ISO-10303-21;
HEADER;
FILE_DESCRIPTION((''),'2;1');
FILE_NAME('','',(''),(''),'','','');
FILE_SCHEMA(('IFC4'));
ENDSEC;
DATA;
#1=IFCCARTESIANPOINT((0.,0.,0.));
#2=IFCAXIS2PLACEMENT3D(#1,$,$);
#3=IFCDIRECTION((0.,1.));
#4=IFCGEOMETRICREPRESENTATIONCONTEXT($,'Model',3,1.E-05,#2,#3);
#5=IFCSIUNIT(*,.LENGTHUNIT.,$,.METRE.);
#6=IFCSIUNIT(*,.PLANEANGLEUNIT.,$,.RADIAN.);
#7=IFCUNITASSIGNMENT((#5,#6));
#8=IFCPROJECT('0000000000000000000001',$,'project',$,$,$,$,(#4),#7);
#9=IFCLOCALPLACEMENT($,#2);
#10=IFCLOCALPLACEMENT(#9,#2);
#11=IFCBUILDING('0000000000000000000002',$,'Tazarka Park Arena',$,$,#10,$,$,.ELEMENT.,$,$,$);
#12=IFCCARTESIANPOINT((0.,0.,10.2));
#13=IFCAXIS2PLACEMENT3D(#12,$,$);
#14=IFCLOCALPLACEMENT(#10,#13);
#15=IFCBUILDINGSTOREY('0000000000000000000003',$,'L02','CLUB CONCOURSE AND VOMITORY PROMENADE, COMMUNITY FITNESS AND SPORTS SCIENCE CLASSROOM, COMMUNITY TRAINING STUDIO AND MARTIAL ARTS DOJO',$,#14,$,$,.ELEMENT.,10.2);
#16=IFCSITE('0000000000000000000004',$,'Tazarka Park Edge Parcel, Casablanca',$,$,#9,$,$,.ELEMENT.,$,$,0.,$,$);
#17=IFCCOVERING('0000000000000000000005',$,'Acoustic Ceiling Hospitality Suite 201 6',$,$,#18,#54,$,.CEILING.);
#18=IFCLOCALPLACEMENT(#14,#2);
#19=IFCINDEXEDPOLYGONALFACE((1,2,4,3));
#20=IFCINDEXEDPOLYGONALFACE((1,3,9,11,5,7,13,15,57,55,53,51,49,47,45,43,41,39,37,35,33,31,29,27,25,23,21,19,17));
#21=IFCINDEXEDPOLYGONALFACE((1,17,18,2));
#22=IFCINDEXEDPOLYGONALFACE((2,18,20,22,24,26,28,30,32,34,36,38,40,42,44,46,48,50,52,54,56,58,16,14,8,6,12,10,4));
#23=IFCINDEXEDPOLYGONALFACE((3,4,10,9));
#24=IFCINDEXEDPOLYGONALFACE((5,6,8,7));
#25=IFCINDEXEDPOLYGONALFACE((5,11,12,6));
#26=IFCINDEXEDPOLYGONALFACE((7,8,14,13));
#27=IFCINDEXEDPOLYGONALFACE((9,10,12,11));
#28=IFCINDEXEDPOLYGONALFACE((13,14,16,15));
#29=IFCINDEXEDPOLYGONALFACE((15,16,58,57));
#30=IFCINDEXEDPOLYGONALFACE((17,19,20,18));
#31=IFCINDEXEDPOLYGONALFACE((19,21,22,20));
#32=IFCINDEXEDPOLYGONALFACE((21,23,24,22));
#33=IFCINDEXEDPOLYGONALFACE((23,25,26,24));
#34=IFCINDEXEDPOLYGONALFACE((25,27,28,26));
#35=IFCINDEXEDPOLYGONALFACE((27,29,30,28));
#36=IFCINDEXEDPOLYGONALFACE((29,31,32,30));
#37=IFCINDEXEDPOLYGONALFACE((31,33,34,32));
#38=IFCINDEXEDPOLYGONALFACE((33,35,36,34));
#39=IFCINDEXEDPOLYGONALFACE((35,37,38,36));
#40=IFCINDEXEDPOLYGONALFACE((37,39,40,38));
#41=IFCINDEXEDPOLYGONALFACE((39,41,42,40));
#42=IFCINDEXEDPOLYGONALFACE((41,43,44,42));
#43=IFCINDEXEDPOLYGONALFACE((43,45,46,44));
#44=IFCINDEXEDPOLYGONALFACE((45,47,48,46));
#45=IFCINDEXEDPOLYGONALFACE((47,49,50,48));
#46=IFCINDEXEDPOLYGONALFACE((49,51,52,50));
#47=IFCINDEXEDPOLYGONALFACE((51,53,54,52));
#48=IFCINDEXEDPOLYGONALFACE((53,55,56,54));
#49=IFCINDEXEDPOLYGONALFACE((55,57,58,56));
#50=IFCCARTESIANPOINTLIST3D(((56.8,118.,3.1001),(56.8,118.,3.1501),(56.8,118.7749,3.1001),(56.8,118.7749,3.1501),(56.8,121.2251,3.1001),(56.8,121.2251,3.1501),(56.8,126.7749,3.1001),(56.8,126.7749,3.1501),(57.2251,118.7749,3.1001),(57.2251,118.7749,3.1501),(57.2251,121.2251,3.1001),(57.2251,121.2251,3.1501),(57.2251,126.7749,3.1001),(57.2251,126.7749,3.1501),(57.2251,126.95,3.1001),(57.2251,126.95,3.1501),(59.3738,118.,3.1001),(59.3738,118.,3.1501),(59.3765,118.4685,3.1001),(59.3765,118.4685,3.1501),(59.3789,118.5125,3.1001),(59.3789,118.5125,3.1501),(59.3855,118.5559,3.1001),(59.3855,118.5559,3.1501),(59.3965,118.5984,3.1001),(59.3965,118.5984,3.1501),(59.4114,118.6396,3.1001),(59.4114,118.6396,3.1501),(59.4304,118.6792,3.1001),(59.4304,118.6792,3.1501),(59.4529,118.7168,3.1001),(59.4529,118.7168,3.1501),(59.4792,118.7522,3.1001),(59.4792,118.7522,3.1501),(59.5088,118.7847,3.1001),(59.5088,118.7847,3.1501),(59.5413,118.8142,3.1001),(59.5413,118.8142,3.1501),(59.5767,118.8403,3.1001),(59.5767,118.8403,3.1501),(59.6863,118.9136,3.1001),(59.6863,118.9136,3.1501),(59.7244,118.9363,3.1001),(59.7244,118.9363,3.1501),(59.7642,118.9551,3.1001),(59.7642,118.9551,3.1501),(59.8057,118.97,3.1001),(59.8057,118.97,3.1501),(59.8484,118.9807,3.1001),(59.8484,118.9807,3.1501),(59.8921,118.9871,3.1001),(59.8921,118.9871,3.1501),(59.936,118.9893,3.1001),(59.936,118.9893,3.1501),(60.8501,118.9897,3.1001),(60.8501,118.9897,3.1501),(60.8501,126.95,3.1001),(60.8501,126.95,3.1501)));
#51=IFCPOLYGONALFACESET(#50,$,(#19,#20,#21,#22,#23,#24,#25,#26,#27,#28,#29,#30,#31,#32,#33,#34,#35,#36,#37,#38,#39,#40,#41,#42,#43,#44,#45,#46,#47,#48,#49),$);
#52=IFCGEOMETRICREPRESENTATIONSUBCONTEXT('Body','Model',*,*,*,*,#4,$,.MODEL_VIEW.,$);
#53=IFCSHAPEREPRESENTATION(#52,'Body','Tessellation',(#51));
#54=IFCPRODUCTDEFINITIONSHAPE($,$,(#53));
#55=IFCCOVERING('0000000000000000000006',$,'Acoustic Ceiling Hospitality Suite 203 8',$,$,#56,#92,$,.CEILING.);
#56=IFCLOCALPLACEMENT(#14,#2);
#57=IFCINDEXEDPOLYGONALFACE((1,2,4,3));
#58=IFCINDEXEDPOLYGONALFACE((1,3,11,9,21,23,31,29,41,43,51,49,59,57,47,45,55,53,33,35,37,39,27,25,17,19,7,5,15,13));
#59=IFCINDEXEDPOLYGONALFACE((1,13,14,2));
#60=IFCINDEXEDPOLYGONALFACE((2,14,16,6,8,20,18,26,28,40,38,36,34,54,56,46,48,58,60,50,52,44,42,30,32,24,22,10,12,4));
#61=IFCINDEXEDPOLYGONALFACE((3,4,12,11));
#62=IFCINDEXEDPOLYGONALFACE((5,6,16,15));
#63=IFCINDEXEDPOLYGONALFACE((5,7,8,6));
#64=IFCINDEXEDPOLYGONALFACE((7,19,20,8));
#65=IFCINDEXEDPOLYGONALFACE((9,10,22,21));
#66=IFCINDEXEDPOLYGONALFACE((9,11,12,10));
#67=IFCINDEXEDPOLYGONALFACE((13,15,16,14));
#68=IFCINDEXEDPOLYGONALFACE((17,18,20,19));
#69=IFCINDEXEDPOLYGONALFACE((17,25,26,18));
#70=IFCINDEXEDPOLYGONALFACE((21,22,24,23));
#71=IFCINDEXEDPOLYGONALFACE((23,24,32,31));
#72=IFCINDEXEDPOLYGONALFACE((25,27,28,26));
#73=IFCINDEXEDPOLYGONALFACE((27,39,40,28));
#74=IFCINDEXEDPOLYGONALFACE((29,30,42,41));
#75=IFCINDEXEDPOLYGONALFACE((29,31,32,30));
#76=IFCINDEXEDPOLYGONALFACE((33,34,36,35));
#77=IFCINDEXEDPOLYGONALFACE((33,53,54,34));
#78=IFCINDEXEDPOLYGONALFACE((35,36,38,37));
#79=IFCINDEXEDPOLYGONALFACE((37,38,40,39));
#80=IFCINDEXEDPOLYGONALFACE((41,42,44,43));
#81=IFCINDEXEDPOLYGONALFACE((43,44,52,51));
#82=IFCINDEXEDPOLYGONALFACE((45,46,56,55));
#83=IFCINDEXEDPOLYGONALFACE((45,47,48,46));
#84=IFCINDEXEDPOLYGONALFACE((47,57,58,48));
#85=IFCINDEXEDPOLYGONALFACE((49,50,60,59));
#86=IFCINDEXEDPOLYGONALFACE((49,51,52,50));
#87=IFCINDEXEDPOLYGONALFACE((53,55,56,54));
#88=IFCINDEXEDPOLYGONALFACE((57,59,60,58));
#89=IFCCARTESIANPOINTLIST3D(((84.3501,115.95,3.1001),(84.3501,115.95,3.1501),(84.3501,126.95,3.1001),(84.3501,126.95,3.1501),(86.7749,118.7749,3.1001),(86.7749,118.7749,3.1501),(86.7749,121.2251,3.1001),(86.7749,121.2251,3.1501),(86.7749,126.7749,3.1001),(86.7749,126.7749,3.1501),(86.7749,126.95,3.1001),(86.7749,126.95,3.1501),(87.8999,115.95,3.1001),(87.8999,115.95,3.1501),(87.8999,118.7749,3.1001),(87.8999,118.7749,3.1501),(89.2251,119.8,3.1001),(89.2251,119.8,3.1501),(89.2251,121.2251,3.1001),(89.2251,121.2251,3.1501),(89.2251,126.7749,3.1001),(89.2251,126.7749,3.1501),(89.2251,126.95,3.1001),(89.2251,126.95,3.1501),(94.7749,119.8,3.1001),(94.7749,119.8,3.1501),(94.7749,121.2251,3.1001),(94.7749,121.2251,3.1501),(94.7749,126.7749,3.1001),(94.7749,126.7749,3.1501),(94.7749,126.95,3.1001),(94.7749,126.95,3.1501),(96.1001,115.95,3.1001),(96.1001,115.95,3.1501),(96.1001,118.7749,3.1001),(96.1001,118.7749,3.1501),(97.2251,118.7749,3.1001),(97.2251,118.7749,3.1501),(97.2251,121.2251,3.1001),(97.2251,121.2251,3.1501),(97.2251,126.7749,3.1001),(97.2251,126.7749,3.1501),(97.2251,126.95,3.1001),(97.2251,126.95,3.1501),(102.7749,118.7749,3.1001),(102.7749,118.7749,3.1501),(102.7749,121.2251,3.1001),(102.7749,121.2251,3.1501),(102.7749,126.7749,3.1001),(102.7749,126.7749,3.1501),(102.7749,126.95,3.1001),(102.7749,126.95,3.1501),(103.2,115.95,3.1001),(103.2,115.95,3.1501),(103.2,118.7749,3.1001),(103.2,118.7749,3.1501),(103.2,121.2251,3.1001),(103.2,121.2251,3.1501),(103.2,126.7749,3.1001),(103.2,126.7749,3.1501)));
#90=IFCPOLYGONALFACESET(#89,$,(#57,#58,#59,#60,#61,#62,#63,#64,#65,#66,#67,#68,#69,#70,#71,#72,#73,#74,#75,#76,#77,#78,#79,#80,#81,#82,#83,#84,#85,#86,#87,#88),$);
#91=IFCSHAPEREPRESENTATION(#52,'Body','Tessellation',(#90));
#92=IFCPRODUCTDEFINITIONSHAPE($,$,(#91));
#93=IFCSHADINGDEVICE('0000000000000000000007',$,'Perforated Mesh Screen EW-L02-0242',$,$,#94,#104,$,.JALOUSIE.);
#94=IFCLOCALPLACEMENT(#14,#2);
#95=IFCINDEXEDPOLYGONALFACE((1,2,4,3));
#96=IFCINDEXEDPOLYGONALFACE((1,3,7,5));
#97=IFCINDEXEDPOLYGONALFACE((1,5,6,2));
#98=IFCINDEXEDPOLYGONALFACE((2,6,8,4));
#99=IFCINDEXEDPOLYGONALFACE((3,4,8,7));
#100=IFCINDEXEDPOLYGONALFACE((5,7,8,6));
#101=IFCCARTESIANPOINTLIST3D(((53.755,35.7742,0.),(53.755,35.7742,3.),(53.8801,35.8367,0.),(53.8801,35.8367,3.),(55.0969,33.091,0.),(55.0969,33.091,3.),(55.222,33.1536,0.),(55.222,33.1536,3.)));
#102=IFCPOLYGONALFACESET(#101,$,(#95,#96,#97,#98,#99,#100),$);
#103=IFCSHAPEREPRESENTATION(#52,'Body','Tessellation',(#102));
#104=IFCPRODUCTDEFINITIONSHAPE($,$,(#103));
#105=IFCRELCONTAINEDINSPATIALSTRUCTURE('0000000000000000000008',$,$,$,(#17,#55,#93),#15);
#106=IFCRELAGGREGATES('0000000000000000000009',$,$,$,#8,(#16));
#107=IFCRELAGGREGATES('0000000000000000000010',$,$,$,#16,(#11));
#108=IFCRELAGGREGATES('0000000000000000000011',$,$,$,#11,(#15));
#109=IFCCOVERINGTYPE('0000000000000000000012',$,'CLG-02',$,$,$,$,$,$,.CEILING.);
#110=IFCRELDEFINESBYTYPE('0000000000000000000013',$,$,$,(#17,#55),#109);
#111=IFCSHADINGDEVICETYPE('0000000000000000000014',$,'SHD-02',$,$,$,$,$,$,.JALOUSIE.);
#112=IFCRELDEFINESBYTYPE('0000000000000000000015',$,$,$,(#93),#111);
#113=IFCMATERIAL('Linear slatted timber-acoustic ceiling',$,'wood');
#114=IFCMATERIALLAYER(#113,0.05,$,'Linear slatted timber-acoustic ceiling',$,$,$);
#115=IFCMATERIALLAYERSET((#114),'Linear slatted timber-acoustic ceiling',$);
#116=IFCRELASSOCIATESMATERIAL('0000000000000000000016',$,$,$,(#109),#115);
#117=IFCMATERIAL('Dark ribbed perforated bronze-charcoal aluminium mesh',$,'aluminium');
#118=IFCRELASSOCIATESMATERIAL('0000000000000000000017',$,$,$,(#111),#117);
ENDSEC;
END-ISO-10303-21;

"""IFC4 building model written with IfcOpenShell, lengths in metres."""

from ifc_helpers import new_model, si_unit, direction, frame, origin, origin_2d, place, context, subcontext, project, spatial, polyline, rectangle, outline, extrude, material, layer, layer_set, type_object, element, save


model = new_model("IFC4")

# Units and contexts
model_context = context("Model", 3, precision=1e-05, world=origin(), true_north=direction((0.0, 1.0)))
body_context = subcontext(model_context, "Body", "Model", "MODEL_VIEW")
ifc_project = project(units=[si_unit("LENGTHUNIT", "METRE"), si_unit("PLANEANGLEUNIT", "RADIAN")], contexts=[model_context])

# Site, building, storey
site_placement = place(None, origin())
site = spatial("IfcSite", under=ifc_project, at=site_placement, Name="Tazarka Park Edge Parcel, Casablanca", CompositionType="ELEMENT", RefElevation=0.0)
building_placement = place(site_placement, origin())
building = spatial("IfcBuilding", under=site, at=building_placement, Name="Tazarka Park Arena", CompositionType="ELEMENT")
storey_placement = place(building_placement, frame((0.0, 0.0, 10.2)))
storey = spatial("IfcBuildingStorey", under=building, at=storey_placement, Name="L02", Description="CLUB CONCOURSE AND VOMITORY PROMENADE, COMMUNITY FITNESS AND SPORTS SCIENCE CLASSROOM, COMMUNITY TRAINING STUDIO AND MARTIAL ARTS DOJO", CompositionType="ELEMENT", Elevation=10.2)

# Coverings
ifc_material_1 = material(Name="Linear slatted timber-acoustic ceiling", Category="wood")
ifc_layer_1 = layer(ifc_material_1, 0.05, Name="Linear slatted timber-acoustic ceiling")
ifc_layer_set_1 = layer_set([ifc_layer_1], Name="Linear slatted timber-acoustic ceiling")
covering_type_1 = type_object("IfcCoveringType", Name="CLG-02", PredefinedType="CEILING", material=ifc_layer_set_1)
covering_1_placement = place(storey_placement, frame((0.0, 0.0, 3.1001)))
element("IfcCovering", 1, at=covering_1_placement, inside=storey, type_object=covering_type_1, Name="Acoustic Ceiling Hospitality Suite 201 6", PredefinedType="CEILING", context=body_context, shape_type="SweptSolid", body=[
    extrude(outline(polyline([(59.936, 118.9893), (59.8921, 118.9871), (59.8484, 118.9807), (59.8057, 118.97), (59.7642, 118.9551), (59.7244, 118.9363), (59.6863, 118.9136), (59.5767, 118.8403), (59.5413, 118.8142), (59.5088, 118.7847), (59.4792, 118.7522), (59.4529, 118.7168), (59.4304, 118.6792), (59.4114, 118.6396), (59.3965, 118.5984), (59.3855, 118.5559), (59.3789, 118.5125), (59.3765, 118.4685), (59.3738, 118.0), (56.8, 118.0), (56.8, 118.7749), (57.2251, 118.7749), (57.2251, 121.2251), (56.8, 121.2251), (56.8, 126.7749), (57.2251, 126.7749), (57.2251, 126.95), (60.8501, 126.95), (60.8501, 118.9897), (59.936, 118.9893)])), origin(), (0.0, 0.0, 1.0), 0.05),
])
covering_2_placement = place(storey_placement, frame((0.0, 0.0, 3.1001)))
element("IfcCovering", 2, at=covering_2_placement, inside=storey, type_object=covering_type_1, Name="Acoustic Ceiling Hospitality Suite 203 8", PredefinedType="CEILING", context=body_context, shape_type="SweptSolid", body=[
    extrude(outline(polyline([(86.7749, 126.95), (86.7749, 126.7749), (89.2251, 126.7749), (89.2251, 126.95), (94.7749, 126.95), (94.7749, 126.7749), (97.2251, 126.7749), (97.2251, 126.95), (102.7749, 126.95), (102.7749, 126.7749), (103.2, 126.7749), (103.2, 121.2251), (102.7749, 121.2251), (102.7749, 118.7749), (103.2, 118.7749), (103.2, 115.95), (96.1001, 115.95), (96.1001, 118.7749), (97.2251, 118.7749), (97.2251, 121.2251), (94.7749, 121.2251), (94.7749, 119.8), (89.2251, 119.8), (89.2251, 121.2251), (86.7749, 121.2251), (86.7749, 118.7749), (87.8999, 118.7749), (87.8999, 115.95), (84.3501, 115.95), (84.3501, 126.95), (86.7749, 126.95)])), origin(), (0.0, 0.0, 1.0), 0.05),
])

# Shading device
ifc_material_2 = material(Name="Dark ribbed perforated bronze-charcoal aluminium mesh", Category="aluminium")
shading_device_type = type_object("IfcShadingDeviceType", Name="SHD-02", PredefinedType="JALOUSIE", material=ifc_material_2)
shading_device_placement = place(storey_placement, frame((54.4885, 34.4639, 0.0), z_axis=(0.0, 0.0, 1.0), x_axis=(-0.447291, 0.894389, 0.0)))
element("IfcShadingDevice", 3, at=shading_device_placement, inside=storey, type_object=shading_device_type, Name="Perforated Mesh Screen EW-L02-0242", PredefinedType="JALOUSIE", context=body_context, shape_type="SweptSolid", body=[
    extrude(rectangle(XDim=3.0, YDim=0.1399, at=origin_2d()), origin(), (0.0, 0.0, 1.0), 3.0),
])

save(model, "model.ifc")
